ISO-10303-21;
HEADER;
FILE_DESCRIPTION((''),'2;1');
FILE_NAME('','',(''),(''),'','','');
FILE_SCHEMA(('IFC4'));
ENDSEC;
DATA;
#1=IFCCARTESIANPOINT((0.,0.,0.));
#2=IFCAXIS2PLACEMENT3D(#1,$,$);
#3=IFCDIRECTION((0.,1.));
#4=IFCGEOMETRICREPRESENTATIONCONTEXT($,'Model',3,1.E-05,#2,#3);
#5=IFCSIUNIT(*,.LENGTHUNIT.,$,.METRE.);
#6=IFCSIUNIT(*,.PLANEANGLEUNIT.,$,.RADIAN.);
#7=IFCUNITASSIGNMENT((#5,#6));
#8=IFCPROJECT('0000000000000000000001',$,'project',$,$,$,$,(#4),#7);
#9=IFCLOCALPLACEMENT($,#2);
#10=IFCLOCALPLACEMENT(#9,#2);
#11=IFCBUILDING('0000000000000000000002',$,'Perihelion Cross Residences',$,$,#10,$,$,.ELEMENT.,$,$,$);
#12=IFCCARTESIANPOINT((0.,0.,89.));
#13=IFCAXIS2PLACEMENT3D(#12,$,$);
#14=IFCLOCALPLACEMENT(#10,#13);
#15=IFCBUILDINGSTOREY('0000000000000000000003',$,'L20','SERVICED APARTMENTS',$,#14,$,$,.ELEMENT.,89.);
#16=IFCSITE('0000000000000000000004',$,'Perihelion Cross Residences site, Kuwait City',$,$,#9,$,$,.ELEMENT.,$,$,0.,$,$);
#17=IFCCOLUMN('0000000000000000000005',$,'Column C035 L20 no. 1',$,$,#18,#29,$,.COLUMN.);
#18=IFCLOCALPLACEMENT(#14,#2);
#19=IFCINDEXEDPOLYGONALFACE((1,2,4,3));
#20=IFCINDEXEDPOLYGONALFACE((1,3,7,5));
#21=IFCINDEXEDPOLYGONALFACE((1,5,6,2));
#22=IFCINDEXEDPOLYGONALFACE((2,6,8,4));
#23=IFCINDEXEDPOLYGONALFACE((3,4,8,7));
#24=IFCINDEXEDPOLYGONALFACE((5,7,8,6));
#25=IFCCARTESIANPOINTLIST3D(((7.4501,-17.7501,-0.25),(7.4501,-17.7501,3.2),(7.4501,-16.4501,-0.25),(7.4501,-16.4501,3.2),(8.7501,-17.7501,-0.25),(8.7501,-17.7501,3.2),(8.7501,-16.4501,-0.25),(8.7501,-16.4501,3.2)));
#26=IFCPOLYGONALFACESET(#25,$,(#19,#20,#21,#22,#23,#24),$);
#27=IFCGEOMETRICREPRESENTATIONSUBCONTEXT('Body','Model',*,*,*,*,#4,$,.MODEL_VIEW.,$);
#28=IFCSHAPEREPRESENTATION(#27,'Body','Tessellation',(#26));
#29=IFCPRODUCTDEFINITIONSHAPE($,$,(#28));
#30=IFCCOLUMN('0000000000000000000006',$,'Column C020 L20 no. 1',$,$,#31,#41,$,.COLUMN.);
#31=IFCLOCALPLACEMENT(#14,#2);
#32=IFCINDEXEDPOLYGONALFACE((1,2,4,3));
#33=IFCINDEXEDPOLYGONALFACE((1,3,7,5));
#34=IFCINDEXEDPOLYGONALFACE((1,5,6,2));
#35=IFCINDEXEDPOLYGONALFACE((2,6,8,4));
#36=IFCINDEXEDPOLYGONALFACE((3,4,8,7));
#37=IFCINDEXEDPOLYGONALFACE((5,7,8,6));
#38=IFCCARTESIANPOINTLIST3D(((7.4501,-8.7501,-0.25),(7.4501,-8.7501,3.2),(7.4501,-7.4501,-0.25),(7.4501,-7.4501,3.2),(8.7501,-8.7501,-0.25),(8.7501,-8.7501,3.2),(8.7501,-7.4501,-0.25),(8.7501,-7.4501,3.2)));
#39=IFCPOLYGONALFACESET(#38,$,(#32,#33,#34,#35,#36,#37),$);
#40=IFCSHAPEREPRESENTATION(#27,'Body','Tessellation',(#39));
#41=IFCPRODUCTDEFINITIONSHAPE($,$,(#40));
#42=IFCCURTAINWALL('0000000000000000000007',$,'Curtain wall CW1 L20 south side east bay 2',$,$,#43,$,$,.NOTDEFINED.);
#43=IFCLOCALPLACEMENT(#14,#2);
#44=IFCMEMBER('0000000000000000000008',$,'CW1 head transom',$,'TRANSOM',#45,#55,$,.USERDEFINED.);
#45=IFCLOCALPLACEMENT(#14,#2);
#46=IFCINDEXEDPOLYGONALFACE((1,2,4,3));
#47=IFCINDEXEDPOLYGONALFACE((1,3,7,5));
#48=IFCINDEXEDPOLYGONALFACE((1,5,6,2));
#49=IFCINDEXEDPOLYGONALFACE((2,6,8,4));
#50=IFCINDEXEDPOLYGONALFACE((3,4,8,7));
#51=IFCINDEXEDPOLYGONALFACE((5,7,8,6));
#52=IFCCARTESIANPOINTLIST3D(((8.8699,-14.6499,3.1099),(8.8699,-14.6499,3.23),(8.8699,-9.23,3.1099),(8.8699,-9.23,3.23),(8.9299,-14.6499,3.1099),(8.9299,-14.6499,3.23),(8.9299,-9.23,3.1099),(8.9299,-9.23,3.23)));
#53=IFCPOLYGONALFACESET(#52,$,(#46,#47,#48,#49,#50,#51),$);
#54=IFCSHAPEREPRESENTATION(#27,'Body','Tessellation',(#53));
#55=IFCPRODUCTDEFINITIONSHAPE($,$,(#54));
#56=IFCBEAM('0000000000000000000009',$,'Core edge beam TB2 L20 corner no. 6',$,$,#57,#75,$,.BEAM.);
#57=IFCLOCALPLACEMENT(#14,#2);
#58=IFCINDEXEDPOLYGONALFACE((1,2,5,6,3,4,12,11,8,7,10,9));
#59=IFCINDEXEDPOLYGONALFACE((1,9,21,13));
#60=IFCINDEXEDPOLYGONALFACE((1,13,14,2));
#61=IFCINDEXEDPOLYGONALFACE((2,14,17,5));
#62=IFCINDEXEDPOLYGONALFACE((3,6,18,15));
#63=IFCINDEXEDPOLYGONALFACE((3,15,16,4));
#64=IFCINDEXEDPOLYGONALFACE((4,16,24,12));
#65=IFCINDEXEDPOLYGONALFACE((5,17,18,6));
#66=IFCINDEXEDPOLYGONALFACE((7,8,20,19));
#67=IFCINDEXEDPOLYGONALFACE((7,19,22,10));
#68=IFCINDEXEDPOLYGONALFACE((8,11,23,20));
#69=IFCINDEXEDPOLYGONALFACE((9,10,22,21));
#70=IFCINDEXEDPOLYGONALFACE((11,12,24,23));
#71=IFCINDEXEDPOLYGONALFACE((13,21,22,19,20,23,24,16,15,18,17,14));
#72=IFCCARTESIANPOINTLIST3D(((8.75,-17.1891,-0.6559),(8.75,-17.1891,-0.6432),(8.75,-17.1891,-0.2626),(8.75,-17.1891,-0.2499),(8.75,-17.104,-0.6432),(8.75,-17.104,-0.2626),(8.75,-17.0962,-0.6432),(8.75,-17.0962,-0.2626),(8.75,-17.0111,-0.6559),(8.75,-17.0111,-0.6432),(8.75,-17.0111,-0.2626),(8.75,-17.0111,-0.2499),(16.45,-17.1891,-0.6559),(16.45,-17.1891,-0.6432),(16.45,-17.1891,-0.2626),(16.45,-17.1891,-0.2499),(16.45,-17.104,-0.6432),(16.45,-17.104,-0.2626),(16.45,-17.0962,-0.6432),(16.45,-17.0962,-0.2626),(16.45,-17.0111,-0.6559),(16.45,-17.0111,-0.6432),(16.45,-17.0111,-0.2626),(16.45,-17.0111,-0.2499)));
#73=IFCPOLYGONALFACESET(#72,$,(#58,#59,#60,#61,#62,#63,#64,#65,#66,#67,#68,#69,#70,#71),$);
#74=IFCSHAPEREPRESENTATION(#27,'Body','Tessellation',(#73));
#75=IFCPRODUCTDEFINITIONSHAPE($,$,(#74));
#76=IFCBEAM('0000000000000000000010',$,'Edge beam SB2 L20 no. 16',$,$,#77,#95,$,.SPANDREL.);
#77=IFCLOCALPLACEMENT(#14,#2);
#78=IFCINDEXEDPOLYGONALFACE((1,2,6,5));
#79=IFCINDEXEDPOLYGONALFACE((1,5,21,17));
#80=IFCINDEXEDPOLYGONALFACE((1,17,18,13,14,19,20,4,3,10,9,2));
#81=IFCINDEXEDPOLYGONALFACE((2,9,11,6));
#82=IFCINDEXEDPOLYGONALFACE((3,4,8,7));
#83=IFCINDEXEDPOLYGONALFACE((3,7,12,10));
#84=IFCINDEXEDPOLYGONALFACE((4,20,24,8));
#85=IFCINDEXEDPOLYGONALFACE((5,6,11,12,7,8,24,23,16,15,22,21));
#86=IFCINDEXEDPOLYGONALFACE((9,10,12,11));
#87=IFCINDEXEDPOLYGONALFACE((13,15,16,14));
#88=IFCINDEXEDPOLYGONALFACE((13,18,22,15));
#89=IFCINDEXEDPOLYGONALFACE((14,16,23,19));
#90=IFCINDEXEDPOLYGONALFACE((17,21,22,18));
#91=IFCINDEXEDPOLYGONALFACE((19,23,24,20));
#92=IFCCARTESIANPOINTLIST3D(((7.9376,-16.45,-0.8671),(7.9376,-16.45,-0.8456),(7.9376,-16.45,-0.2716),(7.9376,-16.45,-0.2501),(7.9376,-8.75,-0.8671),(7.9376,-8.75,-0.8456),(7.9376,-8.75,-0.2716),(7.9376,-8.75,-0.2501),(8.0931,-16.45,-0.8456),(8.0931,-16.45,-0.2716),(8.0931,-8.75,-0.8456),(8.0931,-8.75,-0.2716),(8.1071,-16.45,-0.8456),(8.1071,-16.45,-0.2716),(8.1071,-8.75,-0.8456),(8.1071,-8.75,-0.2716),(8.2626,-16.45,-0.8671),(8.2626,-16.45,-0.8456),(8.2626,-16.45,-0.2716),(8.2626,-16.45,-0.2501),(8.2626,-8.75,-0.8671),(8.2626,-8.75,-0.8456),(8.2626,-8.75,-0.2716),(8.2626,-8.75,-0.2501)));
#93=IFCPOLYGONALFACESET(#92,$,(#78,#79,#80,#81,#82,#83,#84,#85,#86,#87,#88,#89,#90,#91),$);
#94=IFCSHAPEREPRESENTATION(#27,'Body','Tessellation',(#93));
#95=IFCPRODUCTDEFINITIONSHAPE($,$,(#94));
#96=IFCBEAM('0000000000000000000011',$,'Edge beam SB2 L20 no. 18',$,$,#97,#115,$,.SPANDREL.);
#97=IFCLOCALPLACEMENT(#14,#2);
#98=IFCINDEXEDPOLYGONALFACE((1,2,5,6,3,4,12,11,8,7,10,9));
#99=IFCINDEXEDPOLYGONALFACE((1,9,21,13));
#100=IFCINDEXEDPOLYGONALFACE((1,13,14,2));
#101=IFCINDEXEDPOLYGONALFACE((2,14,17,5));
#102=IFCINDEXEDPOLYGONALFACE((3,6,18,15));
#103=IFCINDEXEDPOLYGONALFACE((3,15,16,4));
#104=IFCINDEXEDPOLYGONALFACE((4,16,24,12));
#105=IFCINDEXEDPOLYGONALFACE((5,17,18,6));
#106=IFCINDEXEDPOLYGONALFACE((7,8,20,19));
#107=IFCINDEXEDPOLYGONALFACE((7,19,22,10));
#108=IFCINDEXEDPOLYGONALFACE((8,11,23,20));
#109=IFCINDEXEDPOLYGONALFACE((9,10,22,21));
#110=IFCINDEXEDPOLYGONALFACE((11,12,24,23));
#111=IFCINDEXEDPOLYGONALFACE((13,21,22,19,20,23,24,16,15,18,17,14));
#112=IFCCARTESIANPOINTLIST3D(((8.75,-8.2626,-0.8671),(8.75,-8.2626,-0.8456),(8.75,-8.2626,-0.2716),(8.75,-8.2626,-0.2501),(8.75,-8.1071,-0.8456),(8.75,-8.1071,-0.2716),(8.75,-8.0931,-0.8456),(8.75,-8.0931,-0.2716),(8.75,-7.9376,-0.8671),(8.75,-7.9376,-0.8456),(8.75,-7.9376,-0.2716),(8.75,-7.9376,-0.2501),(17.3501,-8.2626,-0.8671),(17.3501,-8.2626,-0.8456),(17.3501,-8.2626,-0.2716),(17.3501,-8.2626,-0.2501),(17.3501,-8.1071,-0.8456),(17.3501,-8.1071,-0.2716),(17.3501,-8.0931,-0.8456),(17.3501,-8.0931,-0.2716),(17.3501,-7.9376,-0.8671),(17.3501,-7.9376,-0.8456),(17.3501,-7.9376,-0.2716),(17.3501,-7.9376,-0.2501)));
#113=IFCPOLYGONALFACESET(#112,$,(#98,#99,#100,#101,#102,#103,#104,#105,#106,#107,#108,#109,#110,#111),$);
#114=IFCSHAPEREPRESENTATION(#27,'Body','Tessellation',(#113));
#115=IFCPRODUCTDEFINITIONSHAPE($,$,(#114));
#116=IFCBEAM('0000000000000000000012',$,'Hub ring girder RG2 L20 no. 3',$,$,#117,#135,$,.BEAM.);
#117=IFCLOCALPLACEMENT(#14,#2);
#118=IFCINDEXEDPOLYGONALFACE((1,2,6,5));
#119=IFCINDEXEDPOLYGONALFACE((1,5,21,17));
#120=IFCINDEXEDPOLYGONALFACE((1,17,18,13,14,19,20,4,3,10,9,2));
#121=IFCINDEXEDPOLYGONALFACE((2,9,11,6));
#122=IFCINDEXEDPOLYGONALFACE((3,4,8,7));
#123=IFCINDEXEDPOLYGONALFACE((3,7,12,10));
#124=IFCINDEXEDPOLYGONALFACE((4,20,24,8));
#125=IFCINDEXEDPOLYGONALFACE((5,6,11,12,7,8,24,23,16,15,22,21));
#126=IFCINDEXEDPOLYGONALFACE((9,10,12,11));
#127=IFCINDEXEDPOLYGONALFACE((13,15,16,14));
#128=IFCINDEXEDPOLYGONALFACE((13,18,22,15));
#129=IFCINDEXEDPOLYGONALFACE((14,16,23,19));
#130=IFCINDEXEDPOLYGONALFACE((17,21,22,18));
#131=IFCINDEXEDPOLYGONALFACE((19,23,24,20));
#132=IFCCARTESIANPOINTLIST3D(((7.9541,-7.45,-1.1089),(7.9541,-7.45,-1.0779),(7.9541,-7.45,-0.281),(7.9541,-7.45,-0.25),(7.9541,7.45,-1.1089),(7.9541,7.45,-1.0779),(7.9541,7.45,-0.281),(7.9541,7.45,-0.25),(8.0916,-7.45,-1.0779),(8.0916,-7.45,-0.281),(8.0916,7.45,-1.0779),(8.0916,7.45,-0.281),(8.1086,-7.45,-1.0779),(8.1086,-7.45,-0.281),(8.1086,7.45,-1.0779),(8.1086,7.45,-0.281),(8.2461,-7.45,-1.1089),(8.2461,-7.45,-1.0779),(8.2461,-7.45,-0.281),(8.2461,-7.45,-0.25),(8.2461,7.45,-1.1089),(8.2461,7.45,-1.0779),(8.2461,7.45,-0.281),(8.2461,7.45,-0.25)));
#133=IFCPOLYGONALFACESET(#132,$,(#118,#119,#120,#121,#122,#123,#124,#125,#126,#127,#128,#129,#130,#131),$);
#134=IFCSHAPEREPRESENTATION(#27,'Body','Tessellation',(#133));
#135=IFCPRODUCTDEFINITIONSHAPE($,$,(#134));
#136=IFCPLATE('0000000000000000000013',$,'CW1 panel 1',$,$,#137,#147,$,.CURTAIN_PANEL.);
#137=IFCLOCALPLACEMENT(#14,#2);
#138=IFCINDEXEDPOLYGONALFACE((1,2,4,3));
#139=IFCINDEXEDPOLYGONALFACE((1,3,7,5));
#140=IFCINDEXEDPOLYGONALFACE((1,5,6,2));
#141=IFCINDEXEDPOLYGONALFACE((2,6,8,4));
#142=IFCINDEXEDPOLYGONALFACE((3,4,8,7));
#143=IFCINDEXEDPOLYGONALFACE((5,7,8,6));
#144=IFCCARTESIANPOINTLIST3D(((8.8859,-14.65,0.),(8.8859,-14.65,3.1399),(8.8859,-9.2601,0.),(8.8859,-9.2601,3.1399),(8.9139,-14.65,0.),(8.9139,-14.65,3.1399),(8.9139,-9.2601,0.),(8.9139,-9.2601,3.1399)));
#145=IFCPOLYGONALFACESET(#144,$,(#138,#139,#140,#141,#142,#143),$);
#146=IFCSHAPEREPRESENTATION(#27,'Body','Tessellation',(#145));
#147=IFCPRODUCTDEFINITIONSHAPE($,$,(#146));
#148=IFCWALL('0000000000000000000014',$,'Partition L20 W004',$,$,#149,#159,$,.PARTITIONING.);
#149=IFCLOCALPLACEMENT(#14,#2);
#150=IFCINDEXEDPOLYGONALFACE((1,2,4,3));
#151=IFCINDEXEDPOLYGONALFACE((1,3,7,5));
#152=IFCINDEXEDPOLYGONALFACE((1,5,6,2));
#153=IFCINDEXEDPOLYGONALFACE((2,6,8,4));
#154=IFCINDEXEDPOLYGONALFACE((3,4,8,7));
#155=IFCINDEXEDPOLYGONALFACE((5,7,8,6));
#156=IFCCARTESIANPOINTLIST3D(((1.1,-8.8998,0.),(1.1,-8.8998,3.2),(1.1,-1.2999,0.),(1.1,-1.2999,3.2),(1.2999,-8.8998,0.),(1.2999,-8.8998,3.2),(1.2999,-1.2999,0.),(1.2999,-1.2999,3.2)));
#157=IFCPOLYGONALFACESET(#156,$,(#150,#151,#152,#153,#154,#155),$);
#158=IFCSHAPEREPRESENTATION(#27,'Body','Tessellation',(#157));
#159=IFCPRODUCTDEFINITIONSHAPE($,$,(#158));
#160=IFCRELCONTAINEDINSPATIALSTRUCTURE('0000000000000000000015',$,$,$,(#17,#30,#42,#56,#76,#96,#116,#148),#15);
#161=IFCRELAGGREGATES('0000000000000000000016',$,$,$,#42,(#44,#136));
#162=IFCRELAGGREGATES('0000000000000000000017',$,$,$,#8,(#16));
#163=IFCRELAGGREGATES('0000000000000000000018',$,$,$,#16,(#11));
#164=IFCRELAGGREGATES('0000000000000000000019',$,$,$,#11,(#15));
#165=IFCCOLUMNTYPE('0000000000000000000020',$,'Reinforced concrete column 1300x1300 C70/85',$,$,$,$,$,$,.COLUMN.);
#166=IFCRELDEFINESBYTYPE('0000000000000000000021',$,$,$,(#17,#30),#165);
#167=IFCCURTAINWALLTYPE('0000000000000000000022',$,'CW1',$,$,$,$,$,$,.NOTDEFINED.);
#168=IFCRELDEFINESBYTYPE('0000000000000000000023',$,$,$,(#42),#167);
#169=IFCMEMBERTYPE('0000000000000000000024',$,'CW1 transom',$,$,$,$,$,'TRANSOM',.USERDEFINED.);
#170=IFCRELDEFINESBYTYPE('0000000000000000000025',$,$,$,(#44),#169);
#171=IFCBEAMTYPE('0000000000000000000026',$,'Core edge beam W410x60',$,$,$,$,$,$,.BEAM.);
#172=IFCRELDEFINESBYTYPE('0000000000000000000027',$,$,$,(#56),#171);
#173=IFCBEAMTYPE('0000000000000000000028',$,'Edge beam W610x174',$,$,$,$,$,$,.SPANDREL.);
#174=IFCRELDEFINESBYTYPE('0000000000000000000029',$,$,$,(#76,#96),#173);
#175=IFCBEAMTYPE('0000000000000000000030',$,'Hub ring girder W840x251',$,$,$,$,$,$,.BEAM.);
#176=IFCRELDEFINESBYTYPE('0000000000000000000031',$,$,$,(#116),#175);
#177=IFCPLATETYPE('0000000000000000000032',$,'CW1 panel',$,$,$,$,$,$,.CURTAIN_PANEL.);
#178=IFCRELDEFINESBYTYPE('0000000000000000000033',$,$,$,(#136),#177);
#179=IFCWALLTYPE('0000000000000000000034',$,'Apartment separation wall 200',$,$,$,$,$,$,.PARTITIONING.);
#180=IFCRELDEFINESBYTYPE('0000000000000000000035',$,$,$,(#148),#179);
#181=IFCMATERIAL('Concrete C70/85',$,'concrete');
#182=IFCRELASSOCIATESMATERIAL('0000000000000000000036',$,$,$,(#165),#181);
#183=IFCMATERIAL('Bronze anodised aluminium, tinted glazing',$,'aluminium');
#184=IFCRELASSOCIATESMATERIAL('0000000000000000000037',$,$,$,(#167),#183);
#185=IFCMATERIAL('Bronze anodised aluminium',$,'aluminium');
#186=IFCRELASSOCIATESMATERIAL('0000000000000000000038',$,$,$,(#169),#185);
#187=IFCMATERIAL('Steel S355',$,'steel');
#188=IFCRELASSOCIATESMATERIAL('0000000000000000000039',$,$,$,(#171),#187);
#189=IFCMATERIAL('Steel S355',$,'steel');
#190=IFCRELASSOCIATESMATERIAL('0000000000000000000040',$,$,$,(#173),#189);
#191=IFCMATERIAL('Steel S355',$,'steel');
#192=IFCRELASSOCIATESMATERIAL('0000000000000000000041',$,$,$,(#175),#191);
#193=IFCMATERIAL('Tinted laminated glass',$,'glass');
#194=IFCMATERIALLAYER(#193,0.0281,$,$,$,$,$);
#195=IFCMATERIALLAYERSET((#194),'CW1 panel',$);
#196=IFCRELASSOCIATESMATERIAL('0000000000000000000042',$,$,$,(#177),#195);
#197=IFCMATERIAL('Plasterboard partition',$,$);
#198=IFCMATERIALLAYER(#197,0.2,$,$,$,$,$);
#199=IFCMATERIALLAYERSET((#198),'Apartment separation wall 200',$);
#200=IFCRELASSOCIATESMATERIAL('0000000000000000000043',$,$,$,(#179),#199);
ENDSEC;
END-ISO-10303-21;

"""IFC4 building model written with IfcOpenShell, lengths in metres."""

from ifc_helpers import new_model, si_unit, direction, frame, frame_2d, origin, origin_2d, place, context, subcontext, project, spatial, rectangle, i_section, extrude, material, layer, layer_set, material_profile, profile_set, type_object, element, aggregate, save


model = new_model("IFC4")

# Units and contexts
model_context = context("Model", 3, precision=1e-05, world=origin(), true_north=direction((0.0, 1.0)))
body_context = subcontext(model_context, "Body", "Model", "MODEL_VIEW")
ifc_project = project(units=[si_unit("LENGTHUNIT", "METRE"), si_unit("PLANEANGLEUNIT", "RADIAN")], contexts=[model_context])

# Site, building, storey
site_placement = place(None, origin())
site = spatial("IfcSite", under=ifc_project, at=site_placement, Name="Perihelion Cross Residences site, Kuwait City", CompositionType="ELEMENT", RefElevation=0.0)
building_placement = place(site_placement, origin())
building = spatial("IfcBuilding", under=site, at=building_placement, Name="Perihelion Cross Residences", CompositionType="ELEMENT")
storey_placement = place(building_placement, frame((0.0, 0.0, 89.0)))
storey = spatial("IfcBuildingStorey", under=building, at=storey_placement, Name="L20", Description="SERVICED APARTMENTS", CompositionType="ELEMENT", Elevation=89.0)

# Columns
ifc_material_1 = material(Name="Concrete C70/85", Category="concrete")
ifc_material_profile_1 = material_profile(ifc_material_1, rectangle(XDim=1.3, YDim=1.3, at=origin_2d()), Name="RC 1300x1300")
ifc_profile_set_1 = profile_set([ifc_material_profile_1], Name="Concrete C70/85")
column_type = type_object("IfcColumnType", Name="Reinforced concrete column 1300x1300 C70/85", PredefinedType="COLUMN", material=ifc_profile_set_1)
for number, where, z_axis, x_axis, name in (
    (1, (8.1001, -17.1001, -0.25), (0.0, 0.0, 1.0), (1.0, 0.0, 0.0), "Column C035 L20 no. 1"),
    (2, (8.1001, -8.1001, -0.25), (0.0, 0.0, 1.0), (1.0, 0.0, 0.0), "Column C020 L20 no. 1"),
):
    element("IfcColumn", number, at=place(storey_placement, frame(where, z_axis=z_axis, x_axis=x_axis)), inside=storey, type_object=column_type, Name=name, PredefinedType="COLUMN", context=body_context, shape_type="SweptSolid", body=[
        extrude(rectangle(XDim=1.3, YDim=1.3, at=origin_2d()), origin(), (0.0, 0.0, 1.0), 3.45),
    ])

# Curtain wall, member
ifc_material_2 = material(Name="Bronze anodised aluminium, tinted glazing", Category="aluminium")
curtain_wall_type = type_object("IfcCurtainWallType", Name="CW1", PredefinedType="NOTDEFINED", material=ifc_material_2)
curtain_wall_placement = place(storey_placement, origin())
curtain_wall = element("IfcCurtainWall", 3, at=curtain_wall_placement, inside=storey, type_object=curtain_wall_type, Name="Curtain wall CW1 L20 south side east bay 2", PredefinedType="NOTDEFINED")
ifc_material_3 = material(Name="Bronze anodised aluminium", Category="aluminium")
ifc_material_profile_2 = material_profile(ifc_material_3, rectangle(XDim=0.0601, YDim=0.1201, at=origin_2d()), Name="CW1 transom")
ifc_profile_set_2 = profile_set([ifc_material_profile_2], Name="Bronze anodised aluminium")
member_type = type_object("IfcMemberType", Name="CW1 transom", ElementType="TRANSOM", PredefinedType="USERDEFINED", material=ifc_profile_set_2)
member_placement = place(storey_placement, frame((8.8999, -14.6499, 3.1699), z_axis=(0.0, 1.0, 0.0), x_axis=(-1.0, 0.0, 0.0)))
member = element("IfcMember", 4, at=member_placement, type_object=member_type, Name="CW1 head transom", ObjectType="TRANSOM", PredefinedType="USERDEFINED", context=body_context, shape_type="SweptSolid", body=[
    extrude(rectangle(XDim=0.0601, YDim=0.1201, at=origin_2d()), origin(), (0.0, 0.0, 1.0), 5.4199),
])

# Beams
ifc_material_4 = material(Name="Steel S355", Category="steel")
ifc_material_profile_3 = material_profile(ifc_material_4, i_section(OverallWidth=0.178, OverallDepth=0.406, WebThickness=0.0078, FlangeThickness=0.0127, at=origin_2d()), Name="W410x60")
ifc_profile_set_3 = profile_set([ifc_material_profile_3], Name="Steel S355")
beam_type_1 = type_object("IfcBeamType", Name="Core edge beam W410x60", PredefinedType="BEAM", material=ifc_profile_set_3)
beam_1_placement = place(storey_placement, frame((8.75, -17.1001, -0.4529), z_axis=(1.0, 0.0, 0.0), x_axis=(0.0, 1.0, 0.0)))
element("IfcBeam", 5, at=beam_1_placement, inside=storey, type_object=beam_type_1, Name="Core edge beam TB2 L20 corner no. 6", PredefinedType="BEAM", context=body_context, shape_type="SweptSolid", body=[
    extrude(i_section(OverallWidth=0.178, OverallDepth=0.406, WebThickness=0.0078, FlangeThickness=0.0127, at=origin_2d()), origin(), (0.0, 0.0, 1.0), 7.7),
])
ifc_material_5 = material(Name="Steel S355", Category="steel")
ifc_material_profile_4 = material_profile(ifc_material_5, i_section(OverallWidth=0.325, OverallDepth=0.6169, WebThickness=0.0139, FlangeThickness=0.0215, at=origin_2d()), Name="W610x174")
ifc_profile_set_4 = profile_set([ifc_material_profile_4], Name="Steel S355")
beam_type_2 = type_object("IfcBeamType", Name="Edge beam W610x174", PredefinedType="SPANDREL", material=ifc_profile_set_4)
beam_2_placement = place(storey_placement, frame((8.1001, -16.45, -0.5586), z_axis=(0.0, 1.0, 0.0), x_axis=(-1.0, 0.0, 0.0)))
element("IfcBeam", 6, at=beam_2_placement, inside=storey, type_object=beam_type_2, Name="Edge beam SB2 L20 no. 16", PredefinedType="SPANDREL", context=body_context, shape_type="SweptSolid", body=[
    extrude(i_section(OverallWidth=0.325, OverallDepth=0.6169, WebThickness=0.0139, FlangeThickness=0.0215, at=origin_2d()), origin(), (0.0, 0.0, 1.0), 7.7),
])
beam_3_placement = place(storey_placement, frame((8.75, -8.1001, -0.5586), z_axis=(1.0, 0.0, 0.0), x_axis=(0.0, 1.0, 0.0)))
element("IfcBeam", 7, at=beam_3_placement, inside=storey, type_object=beam_type_2, Name="Edge beam SB2 L20 no. 18", PredefinedType="SPANDREL", context=body_context, shape_type="SweptSolid", body=[
    extrude(i_section(OverallWidth=0.325, OverallDepth=0.6169, WebThickness=0.0139, FlangeThickness=0.0215, at=origin_2d()), origin(), (0.0, 0.0, 1.0), 8.6001),
])
ifc_material_6 = material(Name="Steel S355", Category="steel")
ifc_material_profile_5 = material_profile(ifc_material_6, i_section(OverallWidth=0.292, OverallDepth=0.8589, WebThickness=0.0171, FlangeThickness=0.031, at=origin_2d()), Name="W840x251")
ifc_profile_set_5 = profile_set([ifc_material_profile_5], Name="Steel S355")
beam_type_3 = type_object("IfcBeamType", Name="Hub ring girder W840x251", PredefinedType="BEAM", material=ifc_profile_set_5)
beam_4_placement = place(storey_placement, frame((8.1001, -7.45, -0.6794), z_axis=(0.0, 1.0, 0.0), x_axis=(-1.0, 0.0, 0.0)))
element("IfcBeam", 8, at=beam_4_placement, inside=storey, type_object=beam_type_3, Name="Hub ring girder RG2 L20 no. 3", PredefinedType="BEAM", context=body_context, shape_type="SweptSolid", body=[
    extrude(i_section(OverallWidth=0.292, OverallDepth=0.8589, WebThickness=0.0171, FlangeThickness=0.031, at=origin_2d()), origin(), (0.0, 0.0, 1.0), 14.8999),
])

# Plate
ifc_material_7 = material(Name="Tinted laminated glass", Category="glass")
ifc_layer_1 = layer(ifc_material_7, 0.0281)
ifc_layer_set_1 = layer_set([ifc_layer_1], Name="CW1 panel")
plate_type = type_object("IfcPlateType", Name="CW1 panel", PredefinedType="CURTAIN_PANEL", material=ifc_layer_set_1)
plate_placement = place(storey_placement, frame((8.8999, -11.9551, 0.0), z_axis=(0.0, 0.0, 1.0), x_axis=(0.0, 1.0, 0.0)))
plate = element("IfcPlate", 9, at=plate_placement, type_object=plate_type, Name="CW1 panel 1", PredefinedType="CURTAIN_PANEL", context=body_context, shape_type="SweptSolid", body=[
    extrude(rectangle(XDim=5.3899, YDim=0.0281, at=origin_2d()), origin(), (0.0, 0.0, 1.0), 3.1399),
])
aggregate(curtain_wall, [member, plate])

# Wall
ifc_material_8 = material(Name="Plasterboard partition")
ifc_layer_2 = layer(ifc_material_8, 0.2)
ifc_layer_set_2 = layer_set([ifc_layer_2], Name="Apartment separation wall 200")
wall_type_1 = type_object("IfcWallType", Name="Apartment separation wall 200", PredefinedType="PARTITIONING", material=ifc_layer_set_2)
wall_1_placement = place(storey_placement, frame((1.2, -1.3, 0.0), z_axis=(0.0, 0.0, 1.0), x_axis=(0.0, -1.0, 0.0)))
element("IfcWall", 10, at=wall_1_placement, inside=storey, type_object=wall_type_1, Name="Partition L20 W004", PredefinedType="PARTITIONING", context=body_context, shape_type="SweptSolid", body=[
    extrude(rectangle(XDim=7.5999, YDim=0.2, at=frame_2d((3.7998, 0.0))), origin(), (0.0, 0.0, 1.0), 3.2),
])

save(model, "model.ifc")
